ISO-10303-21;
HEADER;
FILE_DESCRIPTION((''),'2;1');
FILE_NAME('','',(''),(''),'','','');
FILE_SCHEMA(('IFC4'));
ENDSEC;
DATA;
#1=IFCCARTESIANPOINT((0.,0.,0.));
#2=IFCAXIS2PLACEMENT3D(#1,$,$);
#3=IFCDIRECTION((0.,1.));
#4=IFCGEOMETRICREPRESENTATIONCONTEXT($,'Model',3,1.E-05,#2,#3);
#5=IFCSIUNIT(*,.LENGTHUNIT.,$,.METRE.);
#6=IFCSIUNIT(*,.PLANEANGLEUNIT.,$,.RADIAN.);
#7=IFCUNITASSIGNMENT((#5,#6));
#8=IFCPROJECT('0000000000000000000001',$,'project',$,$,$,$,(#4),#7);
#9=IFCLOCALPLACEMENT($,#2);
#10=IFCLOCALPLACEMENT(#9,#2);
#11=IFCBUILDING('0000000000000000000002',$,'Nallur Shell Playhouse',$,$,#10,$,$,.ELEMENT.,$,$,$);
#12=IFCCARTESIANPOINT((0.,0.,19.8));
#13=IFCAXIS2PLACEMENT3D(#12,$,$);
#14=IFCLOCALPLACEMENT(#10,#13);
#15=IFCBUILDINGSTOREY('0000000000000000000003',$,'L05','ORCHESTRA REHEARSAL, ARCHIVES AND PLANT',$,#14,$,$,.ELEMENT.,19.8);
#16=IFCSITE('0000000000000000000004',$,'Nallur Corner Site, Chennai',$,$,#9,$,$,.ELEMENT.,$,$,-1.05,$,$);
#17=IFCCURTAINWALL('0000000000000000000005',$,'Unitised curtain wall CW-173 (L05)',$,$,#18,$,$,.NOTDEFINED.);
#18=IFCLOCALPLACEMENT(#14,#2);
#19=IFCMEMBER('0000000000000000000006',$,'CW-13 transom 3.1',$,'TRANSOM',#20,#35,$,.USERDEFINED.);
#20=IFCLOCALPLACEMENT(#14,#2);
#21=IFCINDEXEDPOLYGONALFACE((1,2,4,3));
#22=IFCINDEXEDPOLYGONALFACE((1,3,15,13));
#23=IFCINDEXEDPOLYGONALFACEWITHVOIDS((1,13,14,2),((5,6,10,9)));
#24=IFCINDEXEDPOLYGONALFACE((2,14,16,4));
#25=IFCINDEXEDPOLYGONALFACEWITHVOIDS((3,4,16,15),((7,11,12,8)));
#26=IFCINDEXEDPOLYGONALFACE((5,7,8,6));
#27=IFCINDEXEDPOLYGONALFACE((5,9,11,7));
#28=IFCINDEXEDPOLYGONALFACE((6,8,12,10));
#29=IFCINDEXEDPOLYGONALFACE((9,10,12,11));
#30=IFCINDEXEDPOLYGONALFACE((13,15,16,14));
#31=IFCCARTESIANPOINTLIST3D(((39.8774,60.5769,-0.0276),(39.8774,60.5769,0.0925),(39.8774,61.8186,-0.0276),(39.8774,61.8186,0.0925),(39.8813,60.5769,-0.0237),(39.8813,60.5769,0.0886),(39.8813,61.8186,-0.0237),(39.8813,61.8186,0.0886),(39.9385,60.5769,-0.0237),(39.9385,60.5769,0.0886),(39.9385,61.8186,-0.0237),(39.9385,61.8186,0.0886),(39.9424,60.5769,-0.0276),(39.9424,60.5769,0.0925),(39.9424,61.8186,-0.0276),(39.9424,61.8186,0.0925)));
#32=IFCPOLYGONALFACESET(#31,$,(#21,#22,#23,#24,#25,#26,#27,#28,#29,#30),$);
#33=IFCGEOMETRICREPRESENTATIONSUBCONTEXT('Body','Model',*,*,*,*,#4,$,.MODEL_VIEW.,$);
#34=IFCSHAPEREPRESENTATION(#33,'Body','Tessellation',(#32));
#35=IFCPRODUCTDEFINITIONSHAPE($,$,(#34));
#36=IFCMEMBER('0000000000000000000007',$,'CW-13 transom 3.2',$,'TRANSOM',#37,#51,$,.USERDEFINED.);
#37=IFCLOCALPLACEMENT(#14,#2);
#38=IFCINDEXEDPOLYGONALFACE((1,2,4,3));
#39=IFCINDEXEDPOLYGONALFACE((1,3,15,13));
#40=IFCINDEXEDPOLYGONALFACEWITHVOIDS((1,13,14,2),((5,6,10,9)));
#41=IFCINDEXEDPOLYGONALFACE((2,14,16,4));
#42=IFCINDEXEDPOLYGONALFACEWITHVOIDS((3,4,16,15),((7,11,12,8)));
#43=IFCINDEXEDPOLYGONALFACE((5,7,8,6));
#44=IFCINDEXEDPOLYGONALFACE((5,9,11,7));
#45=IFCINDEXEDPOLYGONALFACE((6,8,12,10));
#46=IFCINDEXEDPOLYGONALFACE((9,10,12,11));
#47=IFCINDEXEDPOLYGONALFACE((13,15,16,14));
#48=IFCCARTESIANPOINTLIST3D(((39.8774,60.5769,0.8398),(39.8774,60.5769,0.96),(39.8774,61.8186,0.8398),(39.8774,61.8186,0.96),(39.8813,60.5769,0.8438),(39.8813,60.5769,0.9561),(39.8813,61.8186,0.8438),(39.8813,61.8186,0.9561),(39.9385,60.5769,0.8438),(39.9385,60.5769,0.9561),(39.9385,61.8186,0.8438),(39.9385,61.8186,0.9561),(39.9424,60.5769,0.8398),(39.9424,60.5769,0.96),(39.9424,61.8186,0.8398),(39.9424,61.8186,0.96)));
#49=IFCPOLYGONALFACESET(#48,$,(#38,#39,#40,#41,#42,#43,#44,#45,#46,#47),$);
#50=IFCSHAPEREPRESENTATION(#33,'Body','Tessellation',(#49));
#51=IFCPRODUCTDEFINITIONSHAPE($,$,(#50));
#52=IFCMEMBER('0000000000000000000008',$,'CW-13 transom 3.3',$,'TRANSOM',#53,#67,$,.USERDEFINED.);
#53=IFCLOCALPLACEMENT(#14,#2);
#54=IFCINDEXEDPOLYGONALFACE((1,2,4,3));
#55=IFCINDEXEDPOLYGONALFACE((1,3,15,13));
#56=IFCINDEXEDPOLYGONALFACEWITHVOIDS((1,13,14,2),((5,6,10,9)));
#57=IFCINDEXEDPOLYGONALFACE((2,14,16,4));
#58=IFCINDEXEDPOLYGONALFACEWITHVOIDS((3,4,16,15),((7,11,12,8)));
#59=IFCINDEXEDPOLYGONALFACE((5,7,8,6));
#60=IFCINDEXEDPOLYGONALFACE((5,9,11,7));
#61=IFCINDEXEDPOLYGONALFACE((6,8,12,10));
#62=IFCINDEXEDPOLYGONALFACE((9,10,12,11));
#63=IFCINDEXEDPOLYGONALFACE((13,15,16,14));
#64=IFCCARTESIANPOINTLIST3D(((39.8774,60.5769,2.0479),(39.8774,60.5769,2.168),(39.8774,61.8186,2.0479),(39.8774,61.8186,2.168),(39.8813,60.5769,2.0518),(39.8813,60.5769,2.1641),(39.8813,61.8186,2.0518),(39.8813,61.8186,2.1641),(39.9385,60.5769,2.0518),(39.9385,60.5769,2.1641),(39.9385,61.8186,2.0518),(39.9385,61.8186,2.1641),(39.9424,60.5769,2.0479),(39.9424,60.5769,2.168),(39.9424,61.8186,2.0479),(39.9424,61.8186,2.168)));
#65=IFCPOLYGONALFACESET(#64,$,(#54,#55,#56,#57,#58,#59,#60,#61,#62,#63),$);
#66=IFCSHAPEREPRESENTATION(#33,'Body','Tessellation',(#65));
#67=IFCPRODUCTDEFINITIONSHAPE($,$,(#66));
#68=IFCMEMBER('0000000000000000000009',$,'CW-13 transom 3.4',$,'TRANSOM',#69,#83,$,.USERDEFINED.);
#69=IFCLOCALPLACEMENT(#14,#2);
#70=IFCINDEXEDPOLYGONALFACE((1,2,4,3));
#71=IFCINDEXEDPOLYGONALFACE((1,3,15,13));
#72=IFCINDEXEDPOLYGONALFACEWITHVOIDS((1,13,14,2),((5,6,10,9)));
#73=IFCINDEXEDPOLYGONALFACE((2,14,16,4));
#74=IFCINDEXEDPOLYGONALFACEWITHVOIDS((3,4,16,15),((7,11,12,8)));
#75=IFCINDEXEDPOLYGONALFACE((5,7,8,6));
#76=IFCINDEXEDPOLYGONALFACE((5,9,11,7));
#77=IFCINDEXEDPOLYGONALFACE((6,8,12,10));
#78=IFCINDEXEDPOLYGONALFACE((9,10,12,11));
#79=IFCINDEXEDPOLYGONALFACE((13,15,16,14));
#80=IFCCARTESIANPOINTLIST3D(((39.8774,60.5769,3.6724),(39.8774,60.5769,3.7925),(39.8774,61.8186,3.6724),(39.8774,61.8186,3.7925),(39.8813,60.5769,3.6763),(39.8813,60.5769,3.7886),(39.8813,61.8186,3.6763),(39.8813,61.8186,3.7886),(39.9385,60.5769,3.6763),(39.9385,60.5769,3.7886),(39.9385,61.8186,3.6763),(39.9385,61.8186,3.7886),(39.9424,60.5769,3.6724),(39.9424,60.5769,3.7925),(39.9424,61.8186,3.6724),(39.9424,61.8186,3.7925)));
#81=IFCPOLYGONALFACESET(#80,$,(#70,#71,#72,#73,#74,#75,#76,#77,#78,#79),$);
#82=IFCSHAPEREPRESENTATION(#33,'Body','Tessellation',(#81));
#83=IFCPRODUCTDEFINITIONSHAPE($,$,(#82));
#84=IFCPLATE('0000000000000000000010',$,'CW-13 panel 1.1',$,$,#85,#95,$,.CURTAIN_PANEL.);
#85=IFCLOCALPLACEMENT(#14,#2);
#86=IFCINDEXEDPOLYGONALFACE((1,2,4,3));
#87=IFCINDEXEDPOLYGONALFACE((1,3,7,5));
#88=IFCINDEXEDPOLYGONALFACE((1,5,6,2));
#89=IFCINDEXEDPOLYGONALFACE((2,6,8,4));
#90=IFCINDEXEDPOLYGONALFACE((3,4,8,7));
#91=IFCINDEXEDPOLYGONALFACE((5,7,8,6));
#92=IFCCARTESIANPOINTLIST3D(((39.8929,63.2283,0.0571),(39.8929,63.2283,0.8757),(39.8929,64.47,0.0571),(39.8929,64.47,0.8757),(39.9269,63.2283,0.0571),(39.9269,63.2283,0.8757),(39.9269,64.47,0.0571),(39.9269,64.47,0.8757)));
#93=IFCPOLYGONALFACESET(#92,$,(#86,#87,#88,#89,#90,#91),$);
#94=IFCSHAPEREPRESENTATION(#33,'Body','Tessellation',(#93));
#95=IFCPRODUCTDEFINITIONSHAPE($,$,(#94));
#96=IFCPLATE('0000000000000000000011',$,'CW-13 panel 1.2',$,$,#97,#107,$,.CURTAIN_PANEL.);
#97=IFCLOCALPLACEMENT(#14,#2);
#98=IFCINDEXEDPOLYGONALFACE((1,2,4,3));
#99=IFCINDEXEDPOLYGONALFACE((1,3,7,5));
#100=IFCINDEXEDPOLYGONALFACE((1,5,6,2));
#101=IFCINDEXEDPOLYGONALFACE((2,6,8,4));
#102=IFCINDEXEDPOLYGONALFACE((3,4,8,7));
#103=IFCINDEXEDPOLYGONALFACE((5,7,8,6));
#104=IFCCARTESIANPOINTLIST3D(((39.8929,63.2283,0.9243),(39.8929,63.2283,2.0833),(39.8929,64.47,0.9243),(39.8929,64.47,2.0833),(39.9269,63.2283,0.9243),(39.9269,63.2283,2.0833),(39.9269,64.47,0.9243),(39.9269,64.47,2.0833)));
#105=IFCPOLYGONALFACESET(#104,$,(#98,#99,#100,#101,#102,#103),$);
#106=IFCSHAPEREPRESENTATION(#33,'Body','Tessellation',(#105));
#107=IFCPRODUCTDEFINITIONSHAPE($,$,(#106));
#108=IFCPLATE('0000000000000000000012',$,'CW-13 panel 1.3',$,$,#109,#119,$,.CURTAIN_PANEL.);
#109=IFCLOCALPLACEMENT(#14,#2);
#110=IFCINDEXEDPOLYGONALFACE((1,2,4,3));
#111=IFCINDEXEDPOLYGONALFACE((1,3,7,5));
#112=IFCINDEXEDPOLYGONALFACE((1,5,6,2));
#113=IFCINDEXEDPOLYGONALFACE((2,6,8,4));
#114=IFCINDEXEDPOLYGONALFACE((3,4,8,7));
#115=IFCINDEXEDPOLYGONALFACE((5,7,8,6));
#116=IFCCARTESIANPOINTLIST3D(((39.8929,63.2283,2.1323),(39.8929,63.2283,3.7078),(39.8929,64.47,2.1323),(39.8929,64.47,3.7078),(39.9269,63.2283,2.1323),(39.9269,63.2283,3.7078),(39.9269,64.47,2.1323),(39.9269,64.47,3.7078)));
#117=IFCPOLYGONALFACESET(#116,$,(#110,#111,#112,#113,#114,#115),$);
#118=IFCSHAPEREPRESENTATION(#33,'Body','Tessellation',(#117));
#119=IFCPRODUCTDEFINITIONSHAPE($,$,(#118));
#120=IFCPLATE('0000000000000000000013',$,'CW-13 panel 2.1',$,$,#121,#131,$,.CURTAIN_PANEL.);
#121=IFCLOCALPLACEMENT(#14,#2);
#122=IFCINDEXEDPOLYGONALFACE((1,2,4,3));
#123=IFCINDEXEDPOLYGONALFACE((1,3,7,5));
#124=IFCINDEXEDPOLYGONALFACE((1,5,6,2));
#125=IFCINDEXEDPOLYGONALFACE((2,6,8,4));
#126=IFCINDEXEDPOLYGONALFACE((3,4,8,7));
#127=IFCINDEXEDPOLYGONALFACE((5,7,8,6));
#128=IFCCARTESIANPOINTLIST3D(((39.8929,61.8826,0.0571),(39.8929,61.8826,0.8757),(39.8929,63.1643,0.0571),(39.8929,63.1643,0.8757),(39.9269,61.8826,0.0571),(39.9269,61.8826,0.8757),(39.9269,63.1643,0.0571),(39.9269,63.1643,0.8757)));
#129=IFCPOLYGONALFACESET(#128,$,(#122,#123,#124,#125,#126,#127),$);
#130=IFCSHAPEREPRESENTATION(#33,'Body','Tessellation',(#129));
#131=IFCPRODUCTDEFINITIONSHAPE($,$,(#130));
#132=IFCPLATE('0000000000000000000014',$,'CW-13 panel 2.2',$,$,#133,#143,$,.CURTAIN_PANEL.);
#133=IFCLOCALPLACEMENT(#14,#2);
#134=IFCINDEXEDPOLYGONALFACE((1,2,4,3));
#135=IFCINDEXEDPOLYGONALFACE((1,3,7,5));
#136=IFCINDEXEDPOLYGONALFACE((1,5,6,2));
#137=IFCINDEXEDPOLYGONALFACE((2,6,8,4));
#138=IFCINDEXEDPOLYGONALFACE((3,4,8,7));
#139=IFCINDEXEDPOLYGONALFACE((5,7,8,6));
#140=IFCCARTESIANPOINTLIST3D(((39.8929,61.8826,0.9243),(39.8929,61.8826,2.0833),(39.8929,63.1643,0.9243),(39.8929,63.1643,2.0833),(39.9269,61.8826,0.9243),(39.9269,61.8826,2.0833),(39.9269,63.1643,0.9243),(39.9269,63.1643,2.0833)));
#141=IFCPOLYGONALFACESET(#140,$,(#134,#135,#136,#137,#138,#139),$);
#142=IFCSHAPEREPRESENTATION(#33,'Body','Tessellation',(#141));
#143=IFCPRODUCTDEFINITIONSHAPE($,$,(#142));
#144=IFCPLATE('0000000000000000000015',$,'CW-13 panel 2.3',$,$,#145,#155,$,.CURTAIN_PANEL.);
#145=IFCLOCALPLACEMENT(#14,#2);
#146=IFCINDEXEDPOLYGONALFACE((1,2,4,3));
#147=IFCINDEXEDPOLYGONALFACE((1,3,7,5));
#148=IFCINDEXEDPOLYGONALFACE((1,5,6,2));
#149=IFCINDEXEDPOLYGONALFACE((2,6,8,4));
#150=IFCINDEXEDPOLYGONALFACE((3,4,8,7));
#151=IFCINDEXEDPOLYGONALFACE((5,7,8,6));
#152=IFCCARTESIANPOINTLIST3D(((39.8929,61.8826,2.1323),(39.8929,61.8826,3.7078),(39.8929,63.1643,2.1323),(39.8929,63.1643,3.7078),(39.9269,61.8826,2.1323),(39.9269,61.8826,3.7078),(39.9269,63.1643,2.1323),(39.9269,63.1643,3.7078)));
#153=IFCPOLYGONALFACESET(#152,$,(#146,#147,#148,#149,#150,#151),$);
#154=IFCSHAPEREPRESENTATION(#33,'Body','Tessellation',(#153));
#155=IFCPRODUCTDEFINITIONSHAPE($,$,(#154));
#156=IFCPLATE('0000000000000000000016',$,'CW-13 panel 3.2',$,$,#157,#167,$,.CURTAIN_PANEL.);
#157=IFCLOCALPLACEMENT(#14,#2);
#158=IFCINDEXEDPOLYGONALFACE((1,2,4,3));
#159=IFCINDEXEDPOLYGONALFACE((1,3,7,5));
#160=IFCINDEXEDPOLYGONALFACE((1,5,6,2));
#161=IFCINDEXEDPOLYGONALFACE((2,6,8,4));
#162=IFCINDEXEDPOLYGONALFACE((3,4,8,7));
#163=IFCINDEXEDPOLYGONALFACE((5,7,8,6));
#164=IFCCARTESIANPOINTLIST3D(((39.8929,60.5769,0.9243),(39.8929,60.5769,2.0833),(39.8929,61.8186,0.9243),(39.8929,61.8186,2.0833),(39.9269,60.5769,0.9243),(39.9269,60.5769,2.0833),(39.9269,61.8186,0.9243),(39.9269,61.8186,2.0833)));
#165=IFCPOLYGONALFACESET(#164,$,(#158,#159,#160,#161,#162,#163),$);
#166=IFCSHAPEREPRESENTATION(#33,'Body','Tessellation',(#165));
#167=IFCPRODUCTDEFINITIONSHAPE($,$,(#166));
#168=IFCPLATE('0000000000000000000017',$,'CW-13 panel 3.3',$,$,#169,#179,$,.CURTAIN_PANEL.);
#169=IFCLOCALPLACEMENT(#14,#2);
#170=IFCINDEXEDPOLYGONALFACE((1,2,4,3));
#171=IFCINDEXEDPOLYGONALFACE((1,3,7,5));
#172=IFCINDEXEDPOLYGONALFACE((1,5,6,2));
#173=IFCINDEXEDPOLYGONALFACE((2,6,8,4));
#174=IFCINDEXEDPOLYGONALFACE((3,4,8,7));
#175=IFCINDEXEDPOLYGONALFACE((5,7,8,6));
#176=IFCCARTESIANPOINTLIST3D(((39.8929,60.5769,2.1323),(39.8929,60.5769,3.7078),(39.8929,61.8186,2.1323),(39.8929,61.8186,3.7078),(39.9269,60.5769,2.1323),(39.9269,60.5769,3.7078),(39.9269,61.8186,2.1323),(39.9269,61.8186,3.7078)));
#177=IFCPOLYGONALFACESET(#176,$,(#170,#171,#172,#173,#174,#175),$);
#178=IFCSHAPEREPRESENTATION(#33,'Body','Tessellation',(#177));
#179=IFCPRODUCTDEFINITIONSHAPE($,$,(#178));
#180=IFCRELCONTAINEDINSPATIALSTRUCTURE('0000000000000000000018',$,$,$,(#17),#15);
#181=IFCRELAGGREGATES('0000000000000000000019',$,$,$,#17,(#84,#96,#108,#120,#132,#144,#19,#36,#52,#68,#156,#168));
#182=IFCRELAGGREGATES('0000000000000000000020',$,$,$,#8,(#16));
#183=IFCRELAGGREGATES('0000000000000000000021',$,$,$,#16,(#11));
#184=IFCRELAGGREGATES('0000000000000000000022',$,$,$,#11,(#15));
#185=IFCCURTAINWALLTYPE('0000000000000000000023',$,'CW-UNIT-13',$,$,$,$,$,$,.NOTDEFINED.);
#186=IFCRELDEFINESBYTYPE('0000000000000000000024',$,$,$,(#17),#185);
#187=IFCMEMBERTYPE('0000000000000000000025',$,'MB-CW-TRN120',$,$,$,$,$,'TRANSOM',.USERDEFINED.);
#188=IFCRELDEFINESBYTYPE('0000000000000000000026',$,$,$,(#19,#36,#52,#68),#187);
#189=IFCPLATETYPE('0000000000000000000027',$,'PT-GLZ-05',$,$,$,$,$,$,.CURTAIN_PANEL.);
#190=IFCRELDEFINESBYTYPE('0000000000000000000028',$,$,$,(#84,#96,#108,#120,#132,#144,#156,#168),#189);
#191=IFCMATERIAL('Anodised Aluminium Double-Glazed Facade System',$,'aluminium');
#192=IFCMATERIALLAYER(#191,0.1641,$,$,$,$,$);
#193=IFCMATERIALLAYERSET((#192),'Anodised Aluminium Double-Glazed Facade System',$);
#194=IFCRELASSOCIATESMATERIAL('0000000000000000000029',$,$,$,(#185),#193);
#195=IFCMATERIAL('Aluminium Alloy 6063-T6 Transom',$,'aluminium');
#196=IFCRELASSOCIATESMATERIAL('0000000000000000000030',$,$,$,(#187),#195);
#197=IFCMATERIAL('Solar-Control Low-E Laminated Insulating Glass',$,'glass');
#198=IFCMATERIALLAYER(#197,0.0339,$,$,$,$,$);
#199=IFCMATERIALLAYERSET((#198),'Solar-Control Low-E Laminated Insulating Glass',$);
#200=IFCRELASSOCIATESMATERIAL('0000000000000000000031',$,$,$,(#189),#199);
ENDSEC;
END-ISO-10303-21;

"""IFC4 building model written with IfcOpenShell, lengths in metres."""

from ifc_helpers import new_model, si_unit, direction, frame, origin, origin_2d, place, context, subcontext, project, spatial, rectangle, hollow_rectangle, extrude, material, layer, layer_set, material_profile, profile_set, type_object, element, aggregate, save


model = new_model("IFC4")

# Units and contexts
model_context = context("Model", 3, precision=1e-05, world=origin(), true_north=direction((0.0, 1.0)))
body_context = subcontext(model_context, "Body", "Model", "MODEL_VIEW")
ifc_project = project(units=[si_unit("LENGTHUNIT", "METRE"), si_unit("PLANEANGLEUNIT", "RADIAN")], contexts=[model_context])

# Site, building, storey
site_placement = place(None, origin())
site = spatial("IfcSite", under=ifc_project, at=site_placement, Name="Nallur Corner Site, Chennai", CompositionType="ELEMENT", RefElevation=-1.05)
building_placement = place(site_placement, origin())
building = spatial("IfcBuilding", under=site, at=building_placement, Name="Nallur Shell Playhouse", CompositionType="ELEMENT")
storey_placement = place(building_placement, frame((0.0, 0.0, 19.8)))
storey = spatial("IfcBuildingStorey", under=building, at=storey_placement, Name="L05", Description="ORCHESTRA REHEARSAL, ARCHIVES AND PLANT", CompositionType="ELEMENT", Elevation=19.8)

# Curtain wall, members, plates
ifc_material_1 = material(Name="Anodised Aluminium Double-Glazed Facade System", Category="aluminium")
ifc_layer_1 = layer(ifc_material_1, 0.1641)
ifc_layer_set_1 = layer_set([ifc_layer_1], Name="Anodised Aluminium Double-Glazed Facade System")
curtain_wall_type = type_object("IfcCurtainWallType", Name="CW-UNIT-13", PredefinedType="NOTDEFINED", material=ifc_layer_set_1)
curtain_wall_placement = place(storey_placement, origin())
curtain_wall = element("IfcCurtainWall", 1, at=curtain_wall_placement, inside=storey, type_object=curtain_wall_type, Name="Unitised curtain wall CW-173 (L05)", PredefinedType="NOTDEFINED")
ifc_material_2 = material(Name="Aluminium Alloy 6063-T6 Transom", Category="aluminium")
ifc_material_profile_1 = material_profile(ifc_material_2, hollow_rectangle(XDim=0.0649, YDim=0.1201, WallThickness=0.0039, at=origin_2d()), Name="ALU 65x120x4")
ifc_profile_set_1 = profile_set([ifc_material_profile_1], Name="Aluminium Alloy 6063-T6 Transom")
member_type_1 = type_object("IfcMemberType", Name="MB-CW-TRN120", ElementType="TRANSOM", PredefinedType="USERDEFINED", material=ifc_profile_set_1)
member_1_placement = place(storey_placement, frame((39.9099, 61.8186, 0.0325), z_axis=(0.0, -1.0, 0.0), x_axis=(1.0, 0.0, 0.0)))
member_1 = element("IfcMember", 2, at=member_1_placement, type_object=member_type_1, Name="CW-13 transom 3.1", ObjectType="TRANSOM", PredefinedType="USERDEFINED", context=body_context, shape_type="SweptSolid", body=[
    extrude(hollow_rectangle(XDim=0.0649, YDim=0.1201, WallThickness=0.0039, at=origin_2d()), origin(), (0.0, 0.0, 1.0), 1.2417),
])
member_2_placement = place(storey_placement, frame((39.9099, 61.8186, 0.8999), z_axis=(0.0, -1.0, 0.0), x_axis=(1.0, 0.0, 0.0)))
member_2 = element("IfcMember", 3, at=member_2_placement, type_object=member_type_1, Name="CW-13 transom 3.2", ObjectType="TRANSOM", PredefinedType="USERDEFINED", context=body_context, shape_type="SweptSolid", body=[
    extrude(hollow_rectangle(XDim=0.0649, YDim=0.1201, WallThickness=0.0039, at=origin_2d()), origin(), (0.0, 0.0, 1.0), 1.2417),
])
member_3_placement = place(storey_placement, frame((39.9099, 61.8186, 2.1079), z_axis=(0.0, -1.0, 0.0), x_axis=(1.0, 0.0, 0.0)))
member_3 = element("IfcMember", 4, at=member_3_placement, type_object=member_type_1, Name="CW-13 transom 3.3", ObjectType="TRANSOM", PredefinedType="USERDEFINED", context=body_context, shape_type="SweptSolid", body=[
    extrude(hollow_rectangle(XDim=0.0649, YDim=0.1201, WallThickness=0.0039, at=origin_2d()), origin(), (0.0, 0.0, 1.0), 1.2417),
])
member_4_placement = place(storey_placement, frame((39.9099, 61.8186, 3.7324), z_axis=(0.0, -1.0, 0.0), x_axis=(1.0, 0.0, 0.0)))
member_4 = element("IfcMember", 5, at=member_4_placement, type_object=member_type_1, Name="CW-13 transom 3.4", ObjectType="TRANSOM", PredefinedType="USERDEFINED", context=body_context, shape_type="SweptSolid", body=[
    extrude(hollow_rectangle(XDim=0.0649, YDim=0.1201, WallThickness=0.0039, at=origin_2d()), origin(), (0.0, 0.0, 1.0), 1.2417),
])
ifc_material_3 = material(Name="Solar-Control Low-E Laminated Insulating Glass", Category="glass")
ifc_layer_2 = layer(ifc_material_3, 0.0339)
ifc_layer_set_2 = layer_set([ifc_layer_2], Name="Solar-Control Low-E Laminated Insulating Glass")
plate_type = type_object("IfcPlateType", Name="PT-GLZ-05", PredefinedType="CURTAIN_PANEL", material=ifc_layer_set_2)
plate_1_placement = place(storey_placement, frame((39.9099, 63.8491, 0.0571), z_axis=(0.0, 0.0, 1.0), x_axis=(0.0, -1.0, 0.0)))
plate_1 = element("IfcPlate", 6, at=plate_1_placement, type_object=plate_type, Name="CW-13 panel 1.1", PredefinedType="CURTAIN_PANEL", context=body_context, shape_type="SweptSolid", body=[
    extrude(rectangle(XDim=1.2417, YDim=0.0339, at=origin_2d()), origin(), (0.0, 0.0, 1.0), 0.8186),
])
plate_2_placement = place(storey_placement, frame((39.9099, 63.8491, 0.9243), z_axis=(0.0, 0.0, 1.0), x_axis=(0.0, -1.0, 0.0)))
plate_2 = element("IfcPlate", 7, at=plate_2_placement, type_object=plate_type, Name="CW-13 panel 1.2", PredefinedType="CURTAIN_PANEL", context=body_context, shape_type="SweptSolid", body=[
    extrude(rectangle(XDim=1.2417, YDim=0.0339, at=origin_2d()), origin(), (0.0, 0.0, 1.0), 1.1589),
])
plate_3_placement = place(storey_placement, frame((39.9099, 63.8491, 2.1323), z_axis=(0.0, 0.0, 1.0), x_axis=(0.0, -1.0, 0.0)))
plate_3 = element("IfcPlate", 8, at=plate_3_placement, type_object=plate_type, Name="CW-13 panel 1.3", PredefinedType="CURTAIN_PANEL", context=body_context, shape_type="SweptSolid", body=[
    extrude(rectangle(XDim=1.2417, YDim=0.0339, at=origin_2d()), origin(), (0.0, 0.0, 1.0), 1.5754),
])
plate_4_placement = place(storey_placement, frame((39.9099, 62.5234, 0.0571), z_axis=(0.0, 0.0, 1.0), x_axis=(0.0, -1.0, 0.0)))
plate_4 = element("IfcPlate", 9, at=plate_4_placement, type_object=plate_type, Name="CW-13 panel 2.1", PredefinedType="CURTAIN_PANEL", context=body_context, shape_type="SweptSolid", body=[
    extrude(rectangle(XDim=1.2817, YDim=0.0339, at=origin_2d()), origin(), (0.0, 0.0, 1.0), 0.8186),
])
plate_5_placement = place(storey_placement, frame((39.9099, 62.5234, 0.9243), z_axis=(0.0, 0.0, 1.0), x_axis=(0.0, -1.0, 0.0)))
plate_5 = element("IfcPlate", 10, at=plate_5_placement, type_object=plate_type, Name="CW-13 panel 2.2", PredefinedType="CURTAIN_PANEL", context=body_context, shape_type="SweptSolid", body=[
    extrude(rectangle(XDim=1.2817, YDim=0.0339, at=origin_2d()), origin(), (0.0, 0.0, 1.0), 1.1589),
])
plate_6_placement = place(storey_placement, frame((39.9099, 62.5234, 2.1323), z_axis=(0.0, 0.0, 1.0), x_axis=(0.0, -1.0, 0.0)))
plate_6 = element("IfcPlate", 11, at=plate_6_placement, type_object=plate_type, Name="CW-13 panel 2.3", PredefinedType="CURTAIN_PANEL", context=body_context, shape_type="SweptSolid", body=[
    extrude(rectangle(XDim=1.2817, YDim=0.0339, at=origin_2d()), origin(), (0.0, 0.0, 1.0), 1.5754),
])
plate_7_placement = place(storey_placement, frame((39.9099, 61.1978, 0.9243), z_axis=(0.0, 0.0, 1.0), x_axis=(0.0, -1.0, 0.0)))
plate_7 = element("IfcPlate", 12, at=plate_7_placement, type_object=plate_type, Name="CW-13 panel 3.2", PredefinedType="CURTAIN_PANEL", context=body_context, shape_type="SweptSolid", body=[
    extrude(rectangle(XDim=1.2417, YDim=0.0339, at=origin_2d()), origin(), (0.0, 0.0, 1.0), 1.1589),
])
plate_8_placement = place(storey_placement, frame((39.9099, 61.1978, 2.1323), z_axis=(0.0, 0.0, 1.0), x_axis=(0.0, -1.0, 0.0)))
plate_8 = element("IfcPlate", 13, at=plate_8_placement, type_object=plate_type, Name="CW-13 panel 3.3", PredefinedType="CURTAIN_PANEL", context=body_context, shape_type="SweptSolid", body=[
    extrude(rectangle(XDim=1.2417, YDim=0.0339, at=origin_2d()), origin(), (0.0, 0.0, 1.0), 1.5754),
])
aggregate(curtain_wall, [plate_1, plate_2, plate_3, plate_4, plate_5, plate_6, member_1, member_2, member_3, member_4, plate_7, plate_8])

save(model, "model.ifc")
